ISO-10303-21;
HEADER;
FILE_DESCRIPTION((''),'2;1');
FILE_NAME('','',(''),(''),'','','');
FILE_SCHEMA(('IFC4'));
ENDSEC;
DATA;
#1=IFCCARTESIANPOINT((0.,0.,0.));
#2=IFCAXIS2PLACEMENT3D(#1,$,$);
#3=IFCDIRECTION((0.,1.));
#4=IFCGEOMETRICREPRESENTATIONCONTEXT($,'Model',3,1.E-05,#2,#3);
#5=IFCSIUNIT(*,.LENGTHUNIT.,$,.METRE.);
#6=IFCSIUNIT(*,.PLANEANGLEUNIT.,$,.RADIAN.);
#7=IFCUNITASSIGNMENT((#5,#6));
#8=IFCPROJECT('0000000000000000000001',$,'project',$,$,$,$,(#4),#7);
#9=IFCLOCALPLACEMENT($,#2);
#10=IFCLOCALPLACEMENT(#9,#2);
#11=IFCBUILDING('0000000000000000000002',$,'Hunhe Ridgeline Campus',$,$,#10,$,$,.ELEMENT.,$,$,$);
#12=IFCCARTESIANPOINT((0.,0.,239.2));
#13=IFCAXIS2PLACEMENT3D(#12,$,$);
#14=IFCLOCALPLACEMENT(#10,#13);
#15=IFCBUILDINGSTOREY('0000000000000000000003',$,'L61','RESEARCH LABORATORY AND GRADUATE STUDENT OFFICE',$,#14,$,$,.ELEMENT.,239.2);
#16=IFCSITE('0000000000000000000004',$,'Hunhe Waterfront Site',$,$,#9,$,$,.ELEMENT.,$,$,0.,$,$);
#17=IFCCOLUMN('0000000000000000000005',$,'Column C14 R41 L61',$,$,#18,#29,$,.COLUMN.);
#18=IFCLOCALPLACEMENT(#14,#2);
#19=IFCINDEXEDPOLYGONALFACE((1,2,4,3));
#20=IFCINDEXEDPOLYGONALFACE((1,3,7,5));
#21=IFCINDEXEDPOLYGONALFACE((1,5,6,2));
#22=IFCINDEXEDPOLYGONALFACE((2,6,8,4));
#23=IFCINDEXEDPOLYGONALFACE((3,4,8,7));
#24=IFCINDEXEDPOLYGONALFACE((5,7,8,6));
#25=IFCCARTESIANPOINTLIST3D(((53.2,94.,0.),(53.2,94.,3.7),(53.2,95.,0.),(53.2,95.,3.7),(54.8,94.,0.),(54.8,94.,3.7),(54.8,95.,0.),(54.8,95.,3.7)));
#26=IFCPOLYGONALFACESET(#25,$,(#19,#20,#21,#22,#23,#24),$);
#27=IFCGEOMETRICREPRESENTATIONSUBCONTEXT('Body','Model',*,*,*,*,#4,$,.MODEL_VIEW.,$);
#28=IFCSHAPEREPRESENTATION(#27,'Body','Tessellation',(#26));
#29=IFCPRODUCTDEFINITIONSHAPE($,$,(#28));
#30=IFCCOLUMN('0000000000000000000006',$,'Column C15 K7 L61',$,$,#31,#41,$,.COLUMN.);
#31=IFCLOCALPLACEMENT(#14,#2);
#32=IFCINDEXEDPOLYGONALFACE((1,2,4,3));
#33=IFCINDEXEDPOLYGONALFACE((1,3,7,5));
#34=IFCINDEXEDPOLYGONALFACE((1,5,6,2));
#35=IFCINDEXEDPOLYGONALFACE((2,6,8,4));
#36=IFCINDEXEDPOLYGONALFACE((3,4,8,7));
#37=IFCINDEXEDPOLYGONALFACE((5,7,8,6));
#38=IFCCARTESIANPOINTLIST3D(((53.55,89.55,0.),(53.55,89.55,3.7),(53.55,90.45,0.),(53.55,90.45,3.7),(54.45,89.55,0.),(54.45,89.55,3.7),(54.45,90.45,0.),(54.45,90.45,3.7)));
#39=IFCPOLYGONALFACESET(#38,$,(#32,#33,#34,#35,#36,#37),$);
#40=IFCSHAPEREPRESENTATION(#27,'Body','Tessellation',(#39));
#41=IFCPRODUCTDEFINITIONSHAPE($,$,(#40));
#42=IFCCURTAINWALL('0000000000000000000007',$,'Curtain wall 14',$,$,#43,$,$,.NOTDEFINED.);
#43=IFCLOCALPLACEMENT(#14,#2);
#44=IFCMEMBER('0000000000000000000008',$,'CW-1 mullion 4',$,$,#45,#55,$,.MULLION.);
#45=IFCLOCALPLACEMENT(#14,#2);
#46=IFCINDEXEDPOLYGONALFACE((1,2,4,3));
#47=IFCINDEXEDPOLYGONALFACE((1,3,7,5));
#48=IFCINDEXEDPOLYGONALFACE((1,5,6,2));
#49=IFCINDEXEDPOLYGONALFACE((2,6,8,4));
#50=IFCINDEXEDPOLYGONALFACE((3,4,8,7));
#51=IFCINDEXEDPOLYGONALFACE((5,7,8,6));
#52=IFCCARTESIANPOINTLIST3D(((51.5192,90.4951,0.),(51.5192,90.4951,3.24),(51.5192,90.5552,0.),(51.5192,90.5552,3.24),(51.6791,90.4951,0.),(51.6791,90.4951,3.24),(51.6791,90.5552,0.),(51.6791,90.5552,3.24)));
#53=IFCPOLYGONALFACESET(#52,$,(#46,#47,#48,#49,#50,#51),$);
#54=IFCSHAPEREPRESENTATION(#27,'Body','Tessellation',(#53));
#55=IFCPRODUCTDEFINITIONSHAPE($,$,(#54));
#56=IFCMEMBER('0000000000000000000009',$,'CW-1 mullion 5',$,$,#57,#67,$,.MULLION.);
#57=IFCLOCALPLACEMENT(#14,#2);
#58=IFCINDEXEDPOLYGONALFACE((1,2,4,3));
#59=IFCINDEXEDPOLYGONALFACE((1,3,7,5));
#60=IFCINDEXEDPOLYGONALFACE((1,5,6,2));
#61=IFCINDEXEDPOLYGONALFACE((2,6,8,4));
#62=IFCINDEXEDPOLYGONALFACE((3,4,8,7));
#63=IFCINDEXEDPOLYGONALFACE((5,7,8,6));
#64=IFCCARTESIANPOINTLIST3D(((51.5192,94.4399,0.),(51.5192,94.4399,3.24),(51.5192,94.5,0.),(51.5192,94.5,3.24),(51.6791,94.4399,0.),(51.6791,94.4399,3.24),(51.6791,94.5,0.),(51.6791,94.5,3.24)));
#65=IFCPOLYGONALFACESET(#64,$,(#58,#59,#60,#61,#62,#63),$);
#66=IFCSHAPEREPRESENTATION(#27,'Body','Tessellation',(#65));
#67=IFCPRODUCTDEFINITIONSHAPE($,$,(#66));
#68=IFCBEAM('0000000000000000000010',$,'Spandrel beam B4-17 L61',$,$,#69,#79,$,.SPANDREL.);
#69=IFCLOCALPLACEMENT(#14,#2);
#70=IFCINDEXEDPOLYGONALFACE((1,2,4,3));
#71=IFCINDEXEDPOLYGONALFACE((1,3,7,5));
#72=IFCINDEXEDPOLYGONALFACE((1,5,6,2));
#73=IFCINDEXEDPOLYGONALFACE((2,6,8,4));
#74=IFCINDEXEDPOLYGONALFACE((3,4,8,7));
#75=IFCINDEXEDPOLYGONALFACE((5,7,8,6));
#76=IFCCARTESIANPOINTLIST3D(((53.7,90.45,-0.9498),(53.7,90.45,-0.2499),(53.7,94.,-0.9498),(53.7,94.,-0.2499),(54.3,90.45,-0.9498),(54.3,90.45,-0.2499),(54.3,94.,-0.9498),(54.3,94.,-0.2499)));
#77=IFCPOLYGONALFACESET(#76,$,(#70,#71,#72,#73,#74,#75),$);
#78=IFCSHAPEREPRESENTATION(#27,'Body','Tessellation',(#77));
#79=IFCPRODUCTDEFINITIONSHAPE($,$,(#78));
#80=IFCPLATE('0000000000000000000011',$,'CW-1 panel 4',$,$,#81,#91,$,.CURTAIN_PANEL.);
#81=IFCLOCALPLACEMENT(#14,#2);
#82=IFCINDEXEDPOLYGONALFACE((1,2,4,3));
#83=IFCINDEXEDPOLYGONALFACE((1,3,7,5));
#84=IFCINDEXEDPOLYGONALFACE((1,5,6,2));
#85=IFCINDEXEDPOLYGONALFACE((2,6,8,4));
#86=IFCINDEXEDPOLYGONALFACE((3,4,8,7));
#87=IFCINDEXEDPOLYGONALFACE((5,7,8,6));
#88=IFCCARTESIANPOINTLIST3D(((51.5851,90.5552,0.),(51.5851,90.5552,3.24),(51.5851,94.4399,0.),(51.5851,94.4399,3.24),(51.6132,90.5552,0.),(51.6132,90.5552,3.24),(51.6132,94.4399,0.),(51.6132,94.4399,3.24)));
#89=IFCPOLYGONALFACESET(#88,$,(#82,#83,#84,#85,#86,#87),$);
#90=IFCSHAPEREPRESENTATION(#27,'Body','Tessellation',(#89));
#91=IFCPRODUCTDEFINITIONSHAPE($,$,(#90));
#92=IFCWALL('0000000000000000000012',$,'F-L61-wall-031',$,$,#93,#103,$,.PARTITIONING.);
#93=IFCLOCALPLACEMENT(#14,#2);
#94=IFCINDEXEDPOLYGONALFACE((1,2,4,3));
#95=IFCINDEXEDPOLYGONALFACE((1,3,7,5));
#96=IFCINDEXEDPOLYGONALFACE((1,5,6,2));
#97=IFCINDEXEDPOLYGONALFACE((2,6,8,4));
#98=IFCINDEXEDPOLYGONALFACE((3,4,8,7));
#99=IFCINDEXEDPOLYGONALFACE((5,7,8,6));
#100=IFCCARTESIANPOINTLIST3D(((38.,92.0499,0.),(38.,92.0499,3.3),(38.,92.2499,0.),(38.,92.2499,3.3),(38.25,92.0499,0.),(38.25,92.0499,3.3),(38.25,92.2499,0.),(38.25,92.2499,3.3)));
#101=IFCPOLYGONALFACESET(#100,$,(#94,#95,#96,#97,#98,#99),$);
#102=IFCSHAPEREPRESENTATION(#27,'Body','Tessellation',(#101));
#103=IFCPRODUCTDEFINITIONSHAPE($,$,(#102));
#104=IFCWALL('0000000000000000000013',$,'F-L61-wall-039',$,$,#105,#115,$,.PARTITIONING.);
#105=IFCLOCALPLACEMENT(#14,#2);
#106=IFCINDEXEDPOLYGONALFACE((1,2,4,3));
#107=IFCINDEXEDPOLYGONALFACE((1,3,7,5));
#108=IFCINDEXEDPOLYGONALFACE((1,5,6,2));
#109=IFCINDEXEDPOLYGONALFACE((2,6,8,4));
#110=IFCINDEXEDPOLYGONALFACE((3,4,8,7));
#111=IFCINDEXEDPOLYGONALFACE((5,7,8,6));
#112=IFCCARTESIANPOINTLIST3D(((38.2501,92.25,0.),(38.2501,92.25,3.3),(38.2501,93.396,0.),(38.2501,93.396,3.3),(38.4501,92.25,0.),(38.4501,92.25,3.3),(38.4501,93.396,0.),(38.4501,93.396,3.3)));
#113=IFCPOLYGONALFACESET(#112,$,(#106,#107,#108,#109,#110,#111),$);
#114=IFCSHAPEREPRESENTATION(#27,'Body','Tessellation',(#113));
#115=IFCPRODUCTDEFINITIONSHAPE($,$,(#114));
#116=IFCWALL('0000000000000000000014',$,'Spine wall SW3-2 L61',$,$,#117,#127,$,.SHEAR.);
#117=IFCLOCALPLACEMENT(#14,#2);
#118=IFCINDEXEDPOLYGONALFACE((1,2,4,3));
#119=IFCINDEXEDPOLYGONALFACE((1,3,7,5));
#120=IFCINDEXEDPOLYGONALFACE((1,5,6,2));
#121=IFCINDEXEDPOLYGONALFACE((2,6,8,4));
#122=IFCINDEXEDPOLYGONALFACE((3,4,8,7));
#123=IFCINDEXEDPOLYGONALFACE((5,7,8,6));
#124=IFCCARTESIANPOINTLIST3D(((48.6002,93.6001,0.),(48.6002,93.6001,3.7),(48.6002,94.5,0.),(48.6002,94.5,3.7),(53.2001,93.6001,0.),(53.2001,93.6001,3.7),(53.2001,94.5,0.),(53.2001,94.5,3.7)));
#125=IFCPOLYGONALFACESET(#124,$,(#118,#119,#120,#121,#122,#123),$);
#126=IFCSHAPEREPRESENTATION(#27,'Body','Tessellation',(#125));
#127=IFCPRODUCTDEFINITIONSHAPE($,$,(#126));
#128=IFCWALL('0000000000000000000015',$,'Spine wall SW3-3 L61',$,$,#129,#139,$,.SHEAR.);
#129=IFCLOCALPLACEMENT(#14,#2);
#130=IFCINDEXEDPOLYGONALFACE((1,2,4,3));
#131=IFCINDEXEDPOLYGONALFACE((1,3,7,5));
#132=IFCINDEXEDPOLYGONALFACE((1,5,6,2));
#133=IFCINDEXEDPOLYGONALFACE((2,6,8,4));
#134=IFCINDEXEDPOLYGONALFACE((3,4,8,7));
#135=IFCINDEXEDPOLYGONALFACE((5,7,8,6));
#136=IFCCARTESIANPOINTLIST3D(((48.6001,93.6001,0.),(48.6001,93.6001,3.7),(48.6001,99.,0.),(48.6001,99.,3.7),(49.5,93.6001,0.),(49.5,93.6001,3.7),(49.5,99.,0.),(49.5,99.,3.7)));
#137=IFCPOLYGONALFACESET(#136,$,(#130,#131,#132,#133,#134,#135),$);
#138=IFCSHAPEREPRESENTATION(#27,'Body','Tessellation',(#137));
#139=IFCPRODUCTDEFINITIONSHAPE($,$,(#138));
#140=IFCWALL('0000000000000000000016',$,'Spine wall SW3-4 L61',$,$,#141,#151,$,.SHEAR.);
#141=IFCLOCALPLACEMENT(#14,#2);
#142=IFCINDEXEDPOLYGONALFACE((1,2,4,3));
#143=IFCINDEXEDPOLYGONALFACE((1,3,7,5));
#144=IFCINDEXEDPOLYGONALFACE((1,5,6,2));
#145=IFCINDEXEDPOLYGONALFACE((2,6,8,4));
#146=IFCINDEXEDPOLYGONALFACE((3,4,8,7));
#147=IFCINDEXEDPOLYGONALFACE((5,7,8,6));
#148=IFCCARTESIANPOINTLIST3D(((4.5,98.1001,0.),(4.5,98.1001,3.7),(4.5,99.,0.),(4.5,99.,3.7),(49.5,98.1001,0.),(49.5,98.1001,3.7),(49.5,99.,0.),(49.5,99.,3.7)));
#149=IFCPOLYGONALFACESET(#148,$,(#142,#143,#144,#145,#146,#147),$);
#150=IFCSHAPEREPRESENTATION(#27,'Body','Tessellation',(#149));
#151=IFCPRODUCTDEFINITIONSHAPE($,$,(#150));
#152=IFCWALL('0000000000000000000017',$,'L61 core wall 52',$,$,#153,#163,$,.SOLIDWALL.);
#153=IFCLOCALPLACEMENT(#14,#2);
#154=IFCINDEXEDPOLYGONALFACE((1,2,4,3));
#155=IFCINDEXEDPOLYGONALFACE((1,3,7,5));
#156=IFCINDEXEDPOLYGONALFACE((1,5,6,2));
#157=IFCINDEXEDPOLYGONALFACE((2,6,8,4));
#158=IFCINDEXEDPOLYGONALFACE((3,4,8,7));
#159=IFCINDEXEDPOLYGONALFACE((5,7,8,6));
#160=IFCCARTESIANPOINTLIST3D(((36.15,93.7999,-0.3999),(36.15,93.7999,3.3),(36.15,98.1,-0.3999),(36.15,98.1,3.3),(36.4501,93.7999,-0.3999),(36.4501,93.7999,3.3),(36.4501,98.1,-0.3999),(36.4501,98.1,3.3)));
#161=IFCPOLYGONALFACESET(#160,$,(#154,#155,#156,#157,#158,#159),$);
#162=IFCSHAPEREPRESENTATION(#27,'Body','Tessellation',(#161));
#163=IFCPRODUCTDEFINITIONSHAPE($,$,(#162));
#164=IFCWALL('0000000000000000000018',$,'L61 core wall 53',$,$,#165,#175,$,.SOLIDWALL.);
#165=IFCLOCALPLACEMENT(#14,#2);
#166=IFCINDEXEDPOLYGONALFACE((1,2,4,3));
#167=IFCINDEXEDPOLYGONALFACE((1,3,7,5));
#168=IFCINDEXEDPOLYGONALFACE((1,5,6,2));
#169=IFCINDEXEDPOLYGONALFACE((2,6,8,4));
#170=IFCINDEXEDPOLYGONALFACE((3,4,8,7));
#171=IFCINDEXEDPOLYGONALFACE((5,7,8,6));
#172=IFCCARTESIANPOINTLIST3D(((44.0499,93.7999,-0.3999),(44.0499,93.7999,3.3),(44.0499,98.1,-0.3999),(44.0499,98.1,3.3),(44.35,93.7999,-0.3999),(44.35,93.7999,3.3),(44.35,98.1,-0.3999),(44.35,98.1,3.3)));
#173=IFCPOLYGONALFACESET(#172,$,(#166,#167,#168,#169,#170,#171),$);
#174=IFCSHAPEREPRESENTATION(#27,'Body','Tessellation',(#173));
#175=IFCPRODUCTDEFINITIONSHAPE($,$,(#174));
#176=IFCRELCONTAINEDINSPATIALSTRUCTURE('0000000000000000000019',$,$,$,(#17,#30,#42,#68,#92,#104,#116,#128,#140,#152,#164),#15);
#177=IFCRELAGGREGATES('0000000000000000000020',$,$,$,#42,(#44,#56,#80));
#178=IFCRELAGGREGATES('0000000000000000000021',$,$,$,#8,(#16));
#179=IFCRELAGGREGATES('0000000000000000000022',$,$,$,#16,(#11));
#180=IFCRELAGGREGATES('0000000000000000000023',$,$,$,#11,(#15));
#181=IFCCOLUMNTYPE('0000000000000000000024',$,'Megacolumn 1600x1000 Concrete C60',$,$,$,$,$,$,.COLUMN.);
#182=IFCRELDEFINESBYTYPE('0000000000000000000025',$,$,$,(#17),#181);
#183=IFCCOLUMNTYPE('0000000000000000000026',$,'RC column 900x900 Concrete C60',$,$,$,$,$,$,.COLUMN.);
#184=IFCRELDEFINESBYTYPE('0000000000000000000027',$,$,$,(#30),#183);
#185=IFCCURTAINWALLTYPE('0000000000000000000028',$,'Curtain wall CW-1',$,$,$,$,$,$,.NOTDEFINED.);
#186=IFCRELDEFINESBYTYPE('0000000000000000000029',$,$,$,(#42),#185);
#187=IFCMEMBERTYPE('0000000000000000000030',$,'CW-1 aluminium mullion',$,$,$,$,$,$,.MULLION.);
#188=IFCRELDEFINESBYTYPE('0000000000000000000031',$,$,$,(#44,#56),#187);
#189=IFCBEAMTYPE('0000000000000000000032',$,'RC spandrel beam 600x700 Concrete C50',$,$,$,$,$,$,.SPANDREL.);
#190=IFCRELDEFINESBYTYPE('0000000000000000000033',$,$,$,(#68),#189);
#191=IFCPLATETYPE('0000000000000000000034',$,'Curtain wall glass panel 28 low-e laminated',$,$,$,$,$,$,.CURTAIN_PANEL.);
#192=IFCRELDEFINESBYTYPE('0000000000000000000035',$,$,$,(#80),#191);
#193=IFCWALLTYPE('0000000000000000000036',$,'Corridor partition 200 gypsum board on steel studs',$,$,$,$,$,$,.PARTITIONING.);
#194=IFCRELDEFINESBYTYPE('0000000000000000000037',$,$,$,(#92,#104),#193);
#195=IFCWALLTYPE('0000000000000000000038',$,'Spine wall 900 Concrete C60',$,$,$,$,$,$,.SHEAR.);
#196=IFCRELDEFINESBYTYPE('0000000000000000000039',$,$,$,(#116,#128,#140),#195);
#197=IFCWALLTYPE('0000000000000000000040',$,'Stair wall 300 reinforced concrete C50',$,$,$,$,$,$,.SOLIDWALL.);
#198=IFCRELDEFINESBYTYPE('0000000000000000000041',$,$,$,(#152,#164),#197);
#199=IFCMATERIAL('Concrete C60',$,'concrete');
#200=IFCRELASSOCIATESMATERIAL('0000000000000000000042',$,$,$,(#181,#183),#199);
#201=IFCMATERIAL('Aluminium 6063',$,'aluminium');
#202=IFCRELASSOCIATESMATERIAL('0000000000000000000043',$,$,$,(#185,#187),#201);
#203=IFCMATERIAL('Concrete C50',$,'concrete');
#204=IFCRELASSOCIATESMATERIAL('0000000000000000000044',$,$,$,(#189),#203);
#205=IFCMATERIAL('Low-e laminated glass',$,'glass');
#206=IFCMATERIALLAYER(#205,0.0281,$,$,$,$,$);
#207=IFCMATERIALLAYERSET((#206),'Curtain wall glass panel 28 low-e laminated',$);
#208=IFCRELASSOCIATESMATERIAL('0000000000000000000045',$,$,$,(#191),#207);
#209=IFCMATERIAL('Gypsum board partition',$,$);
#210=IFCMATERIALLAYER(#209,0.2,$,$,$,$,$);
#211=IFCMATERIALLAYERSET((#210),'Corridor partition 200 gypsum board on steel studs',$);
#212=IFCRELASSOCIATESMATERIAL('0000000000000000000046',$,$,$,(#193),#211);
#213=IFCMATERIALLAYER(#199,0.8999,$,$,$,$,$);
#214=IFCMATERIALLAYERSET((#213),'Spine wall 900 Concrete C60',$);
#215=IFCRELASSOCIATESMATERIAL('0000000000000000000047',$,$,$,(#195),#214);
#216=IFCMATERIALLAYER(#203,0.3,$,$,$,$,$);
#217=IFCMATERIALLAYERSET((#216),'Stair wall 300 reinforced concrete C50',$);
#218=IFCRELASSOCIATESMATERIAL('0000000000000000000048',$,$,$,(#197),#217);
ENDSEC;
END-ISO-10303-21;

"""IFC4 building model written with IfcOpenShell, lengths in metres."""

from ifc_helpers import new_model, si_unit, direction, frame, frame_2d, origin, origin_2d, place, context, subcontext, project, spatial, rectangle, extrude, material, layer, layer_set, material_profile, profile_set, type_object, element, aggregate, save


model = new_model("IFC4")

# Units and contexts
model_context = context("Model", 3, precision=1e-05, world=origin(), true_north=direction((0.0, 1.0)))
body_context = subcontext(model_context, "Body", "Model", "MODEL_VIEW")
ifc_project = project(units=[si_unit("LENGTHUNIT", "METRE"), si_unit("PLANEANGLEUNIT", "RADIAN")], contexts=[model_context])

# Site, building, storey
site_placement = place(None, origin())
site = spatial("IfcSite", under=ifc_project, at=site_placement, Name="Hunhe Waterfront Site", CompositionType="ELEMENT", RefElevation=0.0)
building_placement = place(site_placement, origin())
building = spatial("IfcBuilding", under=site, at=building_placement, Name="Hunhe Ridgeline Campus", CompositionType="ELEMENT")
storey_placement = place(building_placement, frame((0.0, 0.0, 239.2)))
storey = spatial("IfcBuildingStorey", under=building, at=storey_placement, Name="L61", Description="RESEARCH LABORATORY AND GRADUATE STUDENT OFFICE", CompositionType="ELEMENT", Elevation=239.2)

# Columns
ifc_material_1 = material(Name="Concrete C60", Category="concrete")
ifc_material_profile_1 = material_profile(ifc_material_1, rectangle(XDim=1.6001, YDim=1.0, at=origin_2d()))
ifc_profile_set_1 = profile_set([ifc_material_profile_1], Name="Concrete C60")
column_type_1 = type_object("IfcColumnType", Name="Megacolumn 1600x1000 Concrete C60", PredefinedType="COLUMN", material=ifc_profile_set_1)
column_1_placement = place(storey_placement, frame((54.0, 94.5, 0.0), z_axis=(0.0, 0.0, 1.0), x_axis=(1.0, 0.0, 0.0)))
element("IfcColumn", 1, at=column_1_placement, inside=storey, type_object=column_type_1, Name="Column C14 R41 L61", PredefinedType="COLUMN", context=body_context, shape_type="SweptSolid", body=[
    extrude(rectangle(XDim=1.6001, YDim=1.0, at=origin_2d()), origin(), (0.0, 0.0, 1.0), 3.7),
])
ifc_material_profile_2 = material_profile(ifc_material_1, rectangle(XDim=0.8999, YDim=0.8999, at=origin_2d()))
ifc_profile_set_2 = profile_set([ifc_material_profile_2], Name="Concrete C60")
column_type_2 = type_object("IfcColumnType", Name="RC column 900x900 Concrete C60", PredefinedType="COLUMN", material=ifc_profile_set_2)
column_2_placement = place(storey_placement, frame((54.0, 90.0, 0.0), z_axis=(0.0, 0.0, 1.0), x_axis=(1.0, 0.0, 0.0)))
element("IfcColumn", 2, at=column_2_placement, inside=storey, type_object=column_type_2, Name="Column C15 K7 L61", PredefinedType="COLUMN", context=body_context, shape_type="SweptSolid", body=[
    extrude(rectangle(XDim=0.8999, YDim=0.8999, at=origin_2d()), origin(), (0.0, 0.0, 1.0), 3.7),
])

# Curtain wall, members
ifc_material_2 = material(Name="Aluminium 6063", Category="aluminium")
curtain_wall_type = type_object("IfcCurtainWallType", Name="Curtain wall CW-1", PredefinedType="NOTDEFINED", material=ifc_material_2)
curtain_wall_placement = place(storey_placement, origin())
curtain_wall = element("IfcCurtainWall", 3, at=curtain_wall_placement, inside=storey, type_object=curtain_wall_type, Name="Curtain wall 14", PredefinedType="NOTDEFINED")
ifc_material_profile_3 = material_profile(ifc_material_2, rectangle(XDim=0.1599, YDim=0.0601, at=origin_2d()))
ifc_profile_set_3 = profile_set([ifc_material_profile_3], Name="Aluminium 6063")
member_type = type_object("IfcMemberType", Name="CW-1 aluminium mullion", PredefinedType="MULLION", material=ifc_profile_set_3)
member_1_placement = place(storey_placement, frame((51.5991, 90.5251, 0.0), z_axis=(0.0, 0.0, 1.0), x_axis=(-1.0, 0.0, 0.0)))
member_1 = element("IfcMember", 4, at=member_1_placement, type_object=member_type, Name="CW-1 mullion 4", PredefinedType="MULLION", context=body_context, shape_type="SweptSolid", body=[
    extrude(rectangle(XDim=0.1599, YDim=0.0601, at=origin_2d()), origin(), (0.0, 0.0, 1.0), 3.24),
])
member_2_placement = place(storey_placement, frame((51.5991, 94.47, 0.0), z_axis=(0.0, 0.0, 1.0), x_axis=(-1.0, 0.0, 0.0)))
member_2 = element("IfcMember", 5, at=member_2_placement, type_object=member_type, Name="CW-1 mullion 5", PredefinedType="MULLION", context=body_context, shape_type="SweptSolid", body=[
    extrude(rectangle(XDim=0.1599, YDim=0.0601, at=origin_2d()), origin(), (0.0, 0.0, 1.0), 3.24),
])

# Beam
ifc_material_3 = material(Name="Concrete C50", Category="concrete")
ifc_material_profile_4 = material_profile(ifc_material_3, rectangle(XDim=0.6001, YDim=0.7, at=origin_2d()))
ifc_profile_set_4 = profile_set([ifc_material_profile_4], Name="Concrete C50")
beam_type = type_object("IfcBeamType", Name="RC spandrel beam 600x700 Concrete C50", PredefinedType="SPANDREL", material=ifc_profile_set_4)
beam_placement = place(storey_placement, frame((54.0, 90.45, -0.5999), z_axis=(0.0, 1.0, 0.0), x_axis=(-1.0, 0.0, 0.0)))
element("IfcBeam", 6, at=beam_placement, inside=storey, type_object=beam_type, Name="Spandrel beam B4-17 L61", PredefinedType="SPANDREL", context=body_context, shape_type="SweptSolid", body=[
    extrude(rectangle(XDim=0.6001, YDim=0.7, at=origin_2d()), origin(), (0.0, 0.0, 1.0), 3.55),
])

# Plate
ifc_material_4 = material(Name="Low-e laminated glass", Category="glass")
ifc_layer_1 = layer(ifc_material_4, 0.0281)
ifc_layer_set_1 = layer_set([ifc_layer_1], Name="Curtain wall glass panel 28 low-e laminated")
plate_type = type_object("IfcPlateType", Name="Curtain wall glass panel 28 low-e laminated", PredefinedType="CURTAIN_PANEL", material=ifc_layer_set_1)
plate_placement = place(storey_placement, frame((51.5991, 92.4976, 0.0), z_axis=(0.0, 0.0, 1.0), x_axis=(0.0, 1.0, 0.0)))
plate = element("IfcPlate", 7, at=plate_placement, type_object=plate_type, Name="CW-1 panel 4", PredefinedType="CURTAIN_PANEL", context=body_context, shape_type="SweptSolid", body=[
    extrude(rectangle(XDim=3.8848, YDim=0.0281, at=origin_2d()), origin(), (0.0, 0.0, 1.0), 3.24),
])
aggregate(curtain_wall, [member_1, member_2, plate])

# Wall
ifc_material_5 = material(Name="Gypsum board partition")
ifc_layer_2 = layer(ifc_material_5, 0.2)
ifc_layer_set_2 = layer_set([ifc_layer_2], Name="Corridor partition 200 gypsum board on steel studs")
wall_type_1 = type_object("IfcWallType", Name="Corridor partition 200 gypsum board on steel studs", PredefinedType="PARTITIONING", material=ifc_layer_set_2)
wall_1_placement = place(storey_placement, frame((38.25, 92.1499, 0.0), z_axis=(0.0, 0.0, 1.0), x_axis=(-1.0, 0.0, 0.0)))
element("IfcWall", 8, at=wall_1_placement, inside=storey, type_object=wall_type_1, Name="F-L61-wall-031", PredefinedType="PARTITIONING", context=body_context, shape_type="SweptSolid", body=[
    extrude(rectangle(XDim=0.25, YDim=0.2, at=frame_2d((0.125, 0.0))), origin(), (0.0, 0.0, 1.0), 3.3),
])

# Walls
wall_2_placement = place(storey_placement, frame((38.3501, 93.396, 0.0), z_axis=(0.0, 0.0, 1.0), x_axis=(0.0, -1.0, 0.0)))
element("IfcWall", 9, at=wall_2_placement, inside=storey, type_object=wall_type_1, Name="F-L61-wall-039", PredefinedType="PARTITIONING", context=body_context, shape_type="SweptSolid", body=[
    extrude(rectangle(XDim=1.146, YDim=0.2, at=frame_2d((0.573, 0.0))), origin(), (0.0, 0.0, 1.0), 3.3),
])
ifc_layer_3 = layer(ifc_material_1, 0.8999)
ifc_layer_set_3 = layer_set([ifc_layer_3], Name="Spine wall 900 Concrete C60")
wall_type_2 = type_object("IfcWallType", Name="Spine wall 900 Concrete C60", PredefinedType="SHEAR", material=ifc_layer_set_3)
wall_3_placement = place(storey_placement, frame((53.2, 94.05, 0.0), z_axis=(0.0, 0.0, 1.0), x_axis=(-1.0, 0.0, 0.0)))
element("IfcWall", 10, at=wall_3_placement, inside=storey, type_object=wall_type_2, Name="Spine wall SW3-2 L61", PredefinedType="SHEAR", context=body_context, shape_type="SweptSolid", body=[
    extrude(rectangle(XDim=4.5999, YDim=0.8999, at=frame_2d((2.2998, 0.0))), origin(), (0.0, 0.0, 1.0), 3.7),
])
wall_4_placement = place(storey_placement, frame((49.05, 93.6001, 0.0), z_axis=(0.0, 0.0, 1.0), x_axis=(0.0, 1.0, 0.0)))
element("IfcWall", 11, at=wall_4_placement, inside=storey, type_object=wall_type_2, Name="Spine wall SW3-3 L61", PredefinedType="SHEAR", context=body_context, shape_type="SweptSolid", body=[
    extrude(rectangle(XDim=5.3999, YDim=0.8999, at=frame_2d((2.7, 0.0))), origin(), (0.0, 0.0, 1.0), 3.7),
])
wall_5_placement = place(storey_placement, frame((49.5, 98.55, 0.0), z_axis=(0.0, 0.0, 1.0), x_axis=(-1.0, 0.0, 0.0)))
element("IfcWall", 12, at=wall_5_placement, inside=storey, type_object=wall_type_2, Name="Spine wall SW3-4 L61", PredefinedType="SHEAR", context=body_context, shape_type="SweptSolid", body=[
    extrude(rectangle(XDim=45.0, YDim=0.8999, at=frame_2d((22.5, 0.0))), origin(), (0.0, 0.0, 1.0), 3.7),
])

# Shared definitions
ifc_layer_4 = layer(ifc_material_3, 0.3)
ifc_layer_set_4 = layer_set([ifc_layer_4], Name="Stair wall 300 reinforced concrete C50")
wall_type_3 = type_object("IfcWallType", Name="Stair wall 300 reinforced concrete C50", PredefinedType="SOLIDWALL", material=ifc_layer_set_4)

# Walls
for number, where, z_axis, x_axis, name in (
    (13, (36.3, 93.8, -0.3999), (0.0, 0.0, 1.0), (0.0, 1.0, 0.0), "L61 core wall 52"),
    (14, (44.2, 93.8, -0.3999), (0.0, 0.0, 1.0), (0.0, 1.0, 0.0), "L61 core wall 53"),
):
    element("IfcWall", number, at=place(storey_placement, frame(where, z_axis=z_axis, x_axis=x_axis)), inside=storey, type_object=wall_type_3, Name=name, PredefinedType="SOLIDWALL", context=body_context, shape_type="SweptSolid", body=[
        extrude(rectangle(XDim=4.3, YDim=0.3, at=frame_2d((2.1499, 0.0))), origin(), (0.0, 0.0, 1.0), 3.7),
    ])

save(model, "model.ifc")
